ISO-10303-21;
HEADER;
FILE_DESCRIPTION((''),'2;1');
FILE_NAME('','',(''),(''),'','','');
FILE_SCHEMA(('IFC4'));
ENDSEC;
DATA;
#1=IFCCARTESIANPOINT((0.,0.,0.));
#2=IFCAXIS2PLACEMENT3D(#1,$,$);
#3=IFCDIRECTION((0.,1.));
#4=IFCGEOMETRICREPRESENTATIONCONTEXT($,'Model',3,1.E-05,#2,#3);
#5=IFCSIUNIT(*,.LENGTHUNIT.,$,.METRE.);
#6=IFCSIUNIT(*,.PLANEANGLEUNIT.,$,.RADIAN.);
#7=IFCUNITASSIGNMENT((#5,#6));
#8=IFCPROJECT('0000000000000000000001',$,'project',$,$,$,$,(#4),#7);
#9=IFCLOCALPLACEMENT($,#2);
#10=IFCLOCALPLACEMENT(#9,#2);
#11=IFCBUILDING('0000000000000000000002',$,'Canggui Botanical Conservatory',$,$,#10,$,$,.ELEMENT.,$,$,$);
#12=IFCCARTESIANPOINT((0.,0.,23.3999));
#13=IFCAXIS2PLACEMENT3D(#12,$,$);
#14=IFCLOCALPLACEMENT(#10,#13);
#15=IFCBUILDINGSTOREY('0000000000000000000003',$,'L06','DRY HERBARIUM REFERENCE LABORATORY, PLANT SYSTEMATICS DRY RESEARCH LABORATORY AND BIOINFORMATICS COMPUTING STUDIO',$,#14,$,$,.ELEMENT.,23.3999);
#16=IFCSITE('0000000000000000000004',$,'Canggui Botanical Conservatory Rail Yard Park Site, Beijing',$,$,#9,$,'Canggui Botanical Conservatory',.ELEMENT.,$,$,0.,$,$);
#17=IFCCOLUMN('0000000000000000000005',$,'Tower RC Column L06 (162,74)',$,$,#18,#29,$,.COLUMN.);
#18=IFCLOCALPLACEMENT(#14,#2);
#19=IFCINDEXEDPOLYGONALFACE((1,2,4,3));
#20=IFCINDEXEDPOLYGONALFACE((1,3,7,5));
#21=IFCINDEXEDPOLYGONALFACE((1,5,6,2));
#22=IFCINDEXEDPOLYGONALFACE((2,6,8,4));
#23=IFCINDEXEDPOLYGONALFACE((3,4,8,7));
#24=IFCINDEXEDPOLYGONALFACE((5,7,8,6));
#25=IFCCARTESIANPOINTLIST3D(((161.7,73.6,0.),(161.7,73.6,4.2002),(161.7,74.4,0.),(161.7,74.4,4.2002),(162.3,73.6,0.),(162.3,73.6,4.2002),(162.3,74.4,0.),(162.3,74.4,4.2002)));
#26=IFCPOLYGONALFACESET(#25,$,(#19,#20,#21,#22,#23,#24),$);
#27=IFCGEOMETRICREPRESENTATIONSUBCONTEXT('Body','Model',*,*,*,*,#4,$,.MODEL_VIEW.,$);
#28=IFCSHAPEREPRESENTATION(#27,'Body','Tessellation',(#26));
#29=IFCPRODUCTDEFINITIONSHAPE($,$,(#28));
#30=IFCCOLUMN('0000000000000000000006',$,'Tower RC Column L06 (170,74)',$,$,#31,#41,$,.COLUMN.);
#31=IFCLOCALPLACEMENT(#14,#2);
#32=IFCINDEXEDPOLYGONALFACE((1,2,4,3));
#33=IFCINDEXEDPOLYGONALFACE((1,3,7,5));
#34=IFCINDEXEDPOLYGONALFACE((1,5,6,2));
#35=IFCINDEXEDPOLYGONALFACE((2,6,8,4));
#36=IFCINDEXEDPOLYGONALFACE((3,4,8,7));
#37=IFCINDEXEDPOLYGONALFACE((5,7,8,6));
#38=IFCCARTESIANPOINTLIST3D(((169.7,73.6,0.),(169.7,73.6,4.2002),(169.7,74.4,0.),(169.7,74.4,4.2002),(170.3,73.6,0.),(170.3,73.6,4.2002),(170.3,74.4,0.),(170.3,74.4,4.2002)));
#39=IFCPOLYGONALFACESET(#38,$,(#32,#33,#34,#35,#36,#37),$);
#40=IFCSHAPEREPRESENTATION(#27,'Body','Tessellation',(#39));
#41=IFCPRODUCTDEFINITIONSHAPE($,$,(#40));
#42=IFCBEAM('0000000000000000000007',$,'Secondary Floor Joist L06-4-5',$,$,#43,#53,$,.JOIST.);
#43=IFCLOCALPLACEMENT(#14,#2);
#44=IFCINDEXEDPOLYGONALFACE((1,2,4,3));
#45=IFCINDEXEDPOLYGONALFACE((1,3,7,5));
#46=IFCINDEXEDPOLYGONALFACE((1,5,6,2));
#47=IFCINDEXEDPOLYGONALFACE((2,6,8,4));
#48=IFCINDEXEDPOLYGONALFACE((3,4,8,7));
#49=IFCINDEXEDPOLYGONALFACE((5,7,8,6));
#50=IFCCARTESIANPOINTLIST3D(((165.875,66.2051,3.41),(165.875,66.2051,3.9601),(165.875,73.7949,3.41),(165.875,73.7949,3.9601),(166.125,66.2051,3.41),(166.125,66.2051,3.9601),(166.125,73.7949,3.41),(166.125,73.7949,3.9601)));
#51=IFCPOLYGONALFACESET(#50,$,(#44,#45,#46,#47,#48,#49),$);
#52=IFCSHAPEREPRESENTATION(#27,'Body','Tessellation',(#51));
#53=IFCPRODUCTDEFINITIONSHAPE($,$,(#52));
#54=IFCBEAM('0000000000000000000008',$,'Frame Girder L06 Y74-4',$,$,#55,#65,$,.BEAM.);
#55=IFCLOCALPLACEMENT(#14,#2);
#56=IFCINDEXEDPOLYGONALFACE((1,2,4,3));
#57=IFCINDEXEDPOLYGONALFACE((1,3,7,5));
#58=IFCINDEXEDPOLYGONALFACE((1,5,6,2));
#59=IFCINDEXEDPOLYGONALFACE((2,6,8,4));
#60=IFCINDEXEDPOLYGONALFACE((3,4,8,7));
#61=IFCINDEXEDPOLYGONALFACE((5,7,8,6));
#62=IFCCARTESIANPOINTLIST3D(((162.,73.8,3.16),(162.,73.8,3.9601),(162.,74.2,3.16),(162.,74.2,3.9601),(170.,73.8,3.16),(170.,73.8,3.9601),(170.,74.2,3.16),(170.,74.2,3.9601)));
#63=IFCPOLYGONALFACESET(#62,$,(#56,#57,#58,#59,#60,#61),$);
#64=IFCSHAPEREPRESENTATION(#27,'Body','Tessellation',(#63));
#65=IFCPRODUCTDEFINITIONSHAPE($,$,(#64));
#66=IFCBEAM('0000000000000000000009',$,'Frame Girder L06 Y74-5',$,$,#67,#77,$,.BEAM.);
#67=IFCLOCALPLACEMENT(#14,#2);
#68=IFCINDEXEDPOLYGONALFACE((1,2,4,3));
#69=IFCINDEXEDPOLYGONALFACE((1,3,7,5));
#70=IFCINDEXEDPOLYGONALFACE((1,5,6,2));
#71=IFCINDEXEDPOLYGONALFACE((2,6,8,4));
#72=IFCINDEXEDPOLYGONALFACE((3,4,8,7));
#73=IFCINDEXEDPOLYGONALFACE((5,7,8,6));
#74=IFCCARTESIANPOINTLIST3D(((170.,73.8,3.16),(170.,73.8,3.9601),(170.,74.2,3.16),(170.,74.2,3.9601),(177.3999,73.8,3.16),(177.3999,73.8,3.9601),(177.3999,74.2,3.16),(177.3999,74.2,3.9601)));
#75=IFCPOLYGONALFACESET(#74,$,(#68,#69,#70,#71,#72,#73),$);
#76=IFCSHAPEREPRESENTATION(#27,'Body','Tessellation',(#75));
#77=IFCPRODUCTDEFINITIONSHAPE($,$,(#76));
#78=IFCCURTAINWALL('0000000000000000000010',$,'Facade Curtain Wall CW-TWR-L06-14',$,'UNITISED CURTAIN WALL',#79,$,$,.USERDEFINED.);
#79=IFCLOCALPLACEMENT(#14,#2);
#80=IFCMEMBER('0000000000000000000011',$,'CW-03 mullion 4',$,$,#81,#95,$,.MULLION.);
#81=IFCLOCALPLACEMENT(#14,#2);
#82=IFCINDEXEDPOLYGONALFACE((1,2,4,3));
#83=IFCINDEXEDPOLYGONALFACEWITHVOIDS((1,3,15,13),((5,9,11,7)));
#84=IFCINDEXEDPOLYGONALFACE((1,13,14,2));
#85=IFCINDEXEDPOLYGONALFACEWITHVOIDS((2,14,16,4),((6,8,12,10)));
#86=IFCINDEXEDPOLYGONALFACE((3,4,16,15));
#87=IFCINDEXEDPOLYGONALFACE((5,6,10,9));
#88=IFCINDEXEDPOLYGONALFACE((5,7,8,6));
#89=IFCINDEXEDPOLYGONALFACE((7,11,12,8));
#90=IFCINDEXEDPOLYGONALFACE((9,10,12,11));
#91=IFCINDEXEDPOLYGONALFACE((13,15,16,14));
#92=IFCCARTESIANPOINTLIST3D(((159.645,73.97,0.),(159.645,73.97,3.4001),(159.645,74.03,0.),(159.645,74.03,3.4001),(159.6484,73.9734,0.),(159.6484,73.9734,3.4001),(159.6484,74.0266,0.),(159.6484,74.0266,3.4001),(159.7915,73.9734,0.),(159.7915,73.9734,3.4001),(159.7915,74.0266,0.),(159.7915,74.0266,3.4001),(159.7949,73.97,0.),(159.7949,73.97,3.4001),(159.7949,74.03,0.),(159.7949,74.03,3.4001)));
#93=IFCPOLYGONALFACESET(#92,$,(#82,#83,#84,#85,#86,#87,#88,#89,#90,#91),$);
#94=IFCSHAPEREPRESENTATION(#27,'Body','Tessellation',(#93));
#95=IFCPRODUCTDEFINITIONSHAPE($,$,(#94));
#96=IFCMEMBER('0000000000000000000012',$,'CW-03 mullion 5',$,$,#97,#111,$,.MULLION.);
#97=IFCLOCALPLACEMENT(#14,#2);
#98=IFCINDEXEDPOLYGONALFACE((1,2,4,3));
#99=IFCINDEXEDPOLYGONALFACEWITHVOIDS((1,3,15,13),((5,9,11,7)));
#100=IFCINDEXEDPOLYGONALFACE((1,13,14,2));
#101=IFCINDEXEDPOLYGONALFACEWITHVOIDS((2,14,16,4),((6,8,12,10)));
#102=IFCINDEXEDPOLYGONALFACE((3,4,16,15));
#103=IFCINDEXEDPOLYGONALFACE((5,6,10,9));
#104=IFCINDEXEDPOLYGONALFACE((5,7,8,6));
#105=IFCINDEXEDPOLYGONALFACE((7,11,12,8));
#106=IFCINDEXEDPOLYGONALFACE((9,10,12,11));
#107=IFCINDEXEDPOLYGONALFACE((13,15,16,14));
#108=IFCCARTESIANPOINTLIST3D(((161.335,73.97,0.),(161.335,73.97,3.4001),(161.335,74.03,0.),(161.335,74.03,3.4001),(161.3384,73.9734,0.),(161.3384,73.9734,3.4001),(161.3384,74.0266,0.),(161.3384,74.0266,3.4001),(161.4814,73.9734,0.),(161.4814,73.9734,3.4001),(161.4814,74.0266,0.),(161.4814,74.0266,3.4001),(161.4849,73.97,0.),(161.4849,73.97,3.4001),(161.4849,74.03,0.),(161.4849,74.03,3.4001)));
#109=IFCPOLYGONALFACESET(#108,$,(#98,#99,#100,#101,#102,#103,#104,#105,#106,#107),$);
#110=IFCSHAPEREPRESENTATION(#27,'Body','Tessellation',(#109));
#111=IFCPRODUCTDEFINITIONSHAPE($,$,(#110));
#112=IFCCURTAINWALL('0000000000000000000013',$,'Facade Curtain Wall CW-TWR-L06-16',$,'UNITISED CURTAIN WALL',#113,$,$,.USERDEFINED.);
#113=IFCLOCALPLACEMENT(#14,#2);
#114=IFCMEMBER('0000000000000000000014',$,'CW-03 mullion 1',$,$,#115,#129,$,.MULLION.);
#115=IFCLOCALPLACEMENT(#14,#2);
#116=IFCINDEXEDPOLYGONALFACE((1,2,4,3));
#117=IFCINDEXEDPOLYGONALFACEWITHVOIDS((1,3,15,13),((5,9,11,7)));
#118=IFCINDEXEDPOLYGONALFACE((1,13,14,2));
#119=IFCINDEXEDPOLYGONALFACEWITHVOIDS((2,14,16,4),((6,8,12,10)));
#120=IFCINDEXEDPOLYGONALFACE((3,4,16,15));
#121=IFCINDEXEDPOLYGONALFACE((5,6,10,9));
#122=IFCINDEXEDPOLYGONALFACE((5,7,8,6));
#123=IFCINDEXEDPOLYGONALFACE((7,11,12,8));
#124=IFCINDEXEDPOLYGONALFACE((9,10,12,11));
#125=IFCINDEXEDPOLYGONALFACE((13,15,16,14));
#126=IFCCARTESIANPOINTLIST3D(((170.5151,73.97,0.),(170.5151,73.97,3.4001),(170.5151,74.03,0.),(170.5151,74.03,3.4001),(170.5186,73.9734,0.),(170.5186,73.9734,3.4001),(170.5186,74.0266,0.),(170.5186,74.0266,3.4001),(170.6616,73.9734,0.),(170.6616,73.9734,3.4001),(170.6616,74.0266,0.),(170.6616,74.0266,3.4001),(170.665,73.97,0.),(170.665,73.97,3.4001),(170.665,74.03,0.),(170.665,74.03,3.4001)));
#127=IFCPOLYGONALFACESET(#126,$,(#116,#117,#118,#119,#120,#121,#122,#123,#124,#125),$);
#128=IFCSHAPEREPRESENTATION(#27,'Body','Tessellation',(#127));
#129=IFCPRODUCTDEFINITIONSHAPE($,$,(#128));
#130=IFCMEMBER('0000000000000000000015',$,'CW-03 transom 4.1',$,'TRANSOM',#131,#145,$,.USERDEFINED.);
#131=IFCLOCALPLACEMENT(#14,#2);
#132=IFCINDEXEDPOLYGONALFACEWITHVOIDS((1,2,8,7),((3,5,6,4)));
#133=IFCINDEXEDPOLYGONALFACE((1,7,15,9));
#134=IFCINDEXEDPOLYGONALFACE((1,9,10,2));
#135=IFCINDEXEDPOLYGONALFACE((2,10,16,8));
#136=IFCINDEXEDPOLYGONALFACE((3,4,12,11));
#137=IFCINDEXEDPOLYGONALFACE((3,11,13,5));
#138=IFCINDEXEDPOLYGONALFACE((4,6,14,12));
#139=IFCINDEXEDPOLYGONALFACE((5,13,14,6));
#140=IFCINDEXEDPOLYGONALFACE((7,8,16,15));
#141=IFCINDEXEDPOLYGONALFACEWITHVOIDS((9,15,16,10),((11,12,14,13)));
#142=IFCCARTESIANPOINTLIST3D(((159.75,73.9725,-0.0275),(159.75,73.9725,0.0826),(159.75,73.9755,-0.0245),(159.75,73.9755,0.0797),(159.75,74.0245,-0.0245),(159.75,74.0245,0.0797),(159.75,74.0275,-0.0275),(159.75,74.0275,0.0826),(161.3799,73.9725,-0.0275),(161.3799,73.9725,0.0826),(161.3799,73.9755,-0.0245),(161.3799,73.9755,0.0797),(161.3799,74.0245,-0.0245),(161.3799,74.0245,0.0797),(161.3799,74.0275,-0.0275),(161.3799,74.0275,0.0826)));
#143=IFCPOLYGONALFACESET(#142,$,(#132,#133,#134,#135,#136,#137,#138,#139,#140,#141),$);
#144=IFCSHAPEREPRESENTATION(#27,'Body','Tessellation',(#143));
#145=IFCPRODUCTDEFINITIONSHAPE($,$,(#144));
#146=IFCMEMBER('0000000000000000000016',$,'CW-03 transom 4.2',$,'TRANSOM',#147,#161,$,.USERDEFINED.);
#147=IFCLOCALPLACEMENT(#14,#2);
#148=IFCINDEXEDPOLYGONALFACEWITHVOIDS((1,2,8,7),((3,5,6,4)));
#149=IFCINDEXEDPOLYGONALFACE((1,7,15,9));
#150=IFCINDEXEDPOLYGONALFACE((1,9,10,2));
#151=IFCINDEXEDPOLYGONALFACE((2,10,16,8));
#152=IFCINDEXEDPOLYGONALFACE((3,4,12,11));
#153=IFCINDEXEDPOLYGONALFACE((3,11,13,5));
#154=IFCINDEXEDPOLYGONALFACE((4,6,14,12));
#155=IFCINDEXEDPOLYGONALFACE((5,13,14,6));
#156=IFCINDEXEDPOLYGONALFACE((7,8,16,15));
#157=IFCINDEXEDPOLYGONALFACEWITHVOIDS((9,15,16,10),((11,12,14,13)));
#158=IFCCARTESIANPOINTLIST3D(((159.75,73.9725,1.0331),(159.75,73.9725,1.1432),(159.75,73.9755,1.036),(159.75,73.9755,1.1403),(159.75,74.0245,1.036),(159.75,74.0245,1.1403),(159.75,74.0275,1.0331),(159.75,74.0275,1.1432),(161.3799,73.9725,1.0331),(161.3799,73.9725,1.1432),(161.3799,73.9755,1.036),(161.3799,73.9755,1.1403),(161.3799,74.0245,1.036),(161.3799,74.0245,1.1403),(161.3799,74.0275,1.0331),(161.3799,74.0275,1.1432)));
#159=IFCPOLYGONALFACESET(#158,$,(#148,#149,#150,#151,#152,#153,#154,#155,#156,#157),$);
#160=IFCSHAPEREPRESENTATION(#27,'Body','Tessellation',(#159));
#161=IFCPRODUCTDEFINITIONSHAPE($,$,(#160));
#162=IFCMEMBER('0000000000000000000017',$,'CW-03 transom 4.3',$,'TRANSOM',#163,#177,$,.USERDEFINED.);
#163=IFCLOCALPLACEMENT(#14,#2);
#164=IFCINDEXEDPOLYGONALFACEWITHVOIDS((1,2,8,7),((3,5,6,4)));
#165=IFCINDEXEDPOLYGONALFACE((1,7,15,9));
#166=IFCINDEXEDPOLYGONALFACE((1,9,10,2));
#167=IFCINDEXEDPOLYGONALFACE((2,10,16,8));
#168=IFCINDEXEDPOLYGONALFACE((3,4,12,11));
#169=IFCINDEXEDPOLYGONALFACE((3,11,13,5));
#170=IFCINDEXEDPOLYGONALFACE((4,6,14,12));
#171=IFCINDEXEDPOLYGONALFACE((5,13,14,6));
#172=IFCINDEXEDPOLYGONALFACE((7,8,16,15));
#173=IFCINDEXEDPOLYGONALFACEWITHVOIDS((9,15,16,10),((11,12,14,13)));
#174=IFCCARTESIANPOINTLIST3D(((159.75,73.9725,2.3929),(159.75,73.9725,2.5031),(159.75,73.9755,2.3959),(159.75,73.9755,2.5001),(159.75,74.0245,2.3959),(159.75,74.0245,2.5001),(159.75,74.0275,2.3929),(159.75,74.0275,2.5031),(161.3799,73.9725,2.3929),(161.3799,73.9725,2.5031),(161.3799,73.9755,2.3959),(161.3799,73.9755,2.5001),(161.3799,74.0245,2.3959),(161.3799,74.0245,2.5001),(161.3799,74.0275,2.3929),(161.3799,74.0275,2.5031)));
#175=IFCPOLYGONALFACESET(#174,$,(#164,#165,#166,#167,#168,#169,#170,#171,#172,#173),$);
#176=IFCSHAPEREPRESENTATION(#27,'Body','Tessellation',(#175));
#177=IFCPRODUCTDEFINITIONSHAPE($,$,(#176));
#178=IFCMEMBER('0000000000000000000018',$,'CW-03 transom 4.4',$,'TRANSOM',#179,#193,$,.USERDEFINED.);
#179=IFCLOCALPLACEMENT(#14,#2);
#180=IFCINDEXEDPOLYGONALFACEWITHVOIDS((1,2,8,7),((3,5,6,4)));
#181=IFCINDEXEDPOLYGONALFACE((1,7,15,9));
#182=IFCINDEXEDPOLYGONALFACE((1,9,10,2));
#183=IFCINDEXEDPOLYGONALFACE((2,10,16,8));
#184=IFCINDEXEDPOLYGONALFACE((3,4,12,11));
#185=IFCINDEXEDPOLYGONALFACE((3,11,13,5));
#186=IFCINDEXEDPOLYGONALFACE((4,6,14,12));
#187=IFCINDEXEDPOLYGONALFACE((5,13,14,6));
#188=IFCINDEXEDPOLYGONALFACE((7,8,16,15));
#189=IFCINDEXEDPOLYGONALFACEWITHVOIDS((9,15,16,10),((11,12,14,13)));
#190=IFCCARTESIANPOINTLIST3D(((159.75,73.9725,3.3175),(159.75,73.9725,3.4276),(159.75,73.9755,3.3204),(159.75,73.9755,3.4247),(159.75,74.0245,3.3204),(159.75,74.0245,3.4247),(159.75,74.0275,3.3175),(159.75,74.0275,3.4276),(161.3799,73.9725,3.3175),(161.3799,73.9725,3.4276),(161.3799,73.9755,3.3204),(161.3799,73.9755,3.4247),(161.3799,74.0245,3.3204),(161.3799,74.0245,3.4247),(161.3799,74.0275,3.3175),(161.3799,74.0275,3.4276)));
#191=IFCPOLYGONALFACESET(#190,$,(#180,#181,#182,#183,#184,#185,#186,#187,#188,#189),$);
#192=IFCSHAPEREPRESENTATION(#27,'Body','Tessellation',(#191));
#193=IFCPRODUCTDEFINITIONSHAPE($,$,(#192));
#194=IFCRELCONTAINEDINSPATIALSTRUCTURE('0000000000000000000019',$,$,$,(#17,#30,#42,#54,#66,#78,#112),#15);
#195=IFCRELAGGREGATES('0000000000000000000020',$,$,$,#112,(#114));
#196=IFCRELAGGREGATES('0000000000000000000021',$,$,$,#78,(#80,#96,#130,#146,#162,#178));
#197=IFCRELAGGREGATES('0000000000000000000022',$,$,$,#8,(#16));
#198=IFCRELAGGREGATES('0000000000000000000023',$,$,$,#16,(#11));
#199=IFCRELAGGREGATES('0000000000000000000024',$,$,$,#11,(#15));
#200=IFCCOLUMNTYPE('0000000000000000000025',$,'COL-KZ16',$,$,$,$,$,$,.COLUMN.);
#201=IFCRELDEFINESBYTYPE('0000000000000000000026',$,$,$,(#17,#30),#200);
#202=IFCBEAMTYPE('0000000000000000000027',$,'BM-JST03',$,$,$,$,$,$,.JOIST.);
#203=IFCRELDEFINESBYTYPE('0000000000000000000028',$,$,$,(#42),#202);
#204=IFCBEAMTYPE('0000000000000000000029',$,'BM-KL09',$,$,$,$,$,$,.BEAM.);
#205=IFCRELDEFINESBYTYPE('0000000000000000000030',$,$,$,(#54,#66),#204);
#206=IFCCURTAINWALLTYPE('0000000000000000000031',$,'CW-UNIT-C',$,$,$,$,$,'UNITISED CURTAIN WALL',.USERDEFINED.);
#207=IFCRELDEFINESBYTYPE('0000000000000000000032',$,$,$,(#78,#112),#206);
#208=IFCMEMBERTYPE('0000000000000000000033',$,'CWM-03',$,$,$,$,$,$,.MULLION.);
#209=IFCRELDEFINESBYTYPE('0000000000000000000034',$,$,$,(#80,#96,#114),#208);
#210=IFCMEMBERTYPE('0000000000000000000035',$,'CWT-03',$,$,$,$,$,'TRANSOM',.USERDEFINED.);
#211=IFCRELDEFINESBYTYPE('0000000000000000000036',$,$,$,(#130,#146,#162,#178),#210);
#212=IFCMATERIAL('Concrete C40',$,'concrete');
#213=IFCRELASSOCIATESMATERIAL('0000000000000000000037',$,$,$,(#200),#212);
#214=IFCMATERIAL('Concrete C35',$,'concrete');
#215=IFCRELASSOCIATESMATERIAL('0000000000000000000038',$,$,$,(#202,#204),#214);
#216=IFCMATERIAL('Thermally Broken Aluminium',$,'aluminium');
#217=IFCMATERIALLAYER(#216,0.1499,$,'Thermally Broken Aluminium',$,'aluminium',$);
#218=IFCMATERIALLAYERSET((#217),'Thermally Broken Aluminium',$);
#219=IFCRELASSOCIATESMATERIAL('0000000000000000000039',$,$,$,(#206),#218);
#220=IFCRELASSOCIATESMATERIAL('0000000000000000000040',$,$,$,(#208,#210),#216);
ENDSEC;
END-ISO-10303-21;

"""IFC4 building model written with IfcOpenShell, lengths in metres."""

from ifc_helpers import new_model, si_unit, direction, frame, origin, origin_2d, place, context, subcontext, project, spatial, rectangle, hollow_rectangle, extrude, material, layer, layer_set, material_profile, profile_set, type_object, element, aggregate, save


model = new_model("IFC4")

# Units and contexts
model_context = context("Model", 3, precision=1e-05, world=origin(), true_north=direction((0.0, 1.0)))
body_context = subcontext(model_context, "Body", "Model", "MODEL_VIEW")
ifc_project = project(units=[si_unit("LENGTHUNIT", "METRE"), si_unit("PLANEANGLEUNIT", "RADIAN")], contexts=[model_context])

# Site, building, storey
site_placement = place(None, origin())
site = spatial("IfcSite", under=ifc_project, at=site_placement, Name="Canggui Botanical Conservatory Rail Yard Park Site, Beijing", LongName="Canggui Botanical Conservatory", CompositionType="ELEMENT", RefElevation=0.0)
building_placement = place(site_placement, origin())
building = spatial("IfcBuilding", under=site, at=building_placement, Name="Canggui Botanical Conservatory", CompositionType="ELEMENT")
storey_placement = place(building_placement, frame((0.0, 0.0, 23.3999)))
storey = spatial("IfcBuildingStorey", under=building, at=storey_placement, Name="L06", Description="DRY HERBARIUM REFERENCE LABORATORY, PLANT SYSTEMATICS DRY RESEARCH LABORATORY AND BIOINFORMATICS COMPUTING STUDIO", CompositionType="ELEMENT", Elevation=23.3999)

# Columns
ifc_material_1 = material(Name="Concrete C40", Category="concrete")
ifc_material_profile_1 = material_profile(ifc_material_1, rectangle(XDim=0.6001, YDim=0.8, at=origin_2d()), Name="RC 600x800")
ifc_profile_set_1 = profile_set([ifc_material_profile_1], Name="Concrete C40")
column_type = type_object("IfcColumnType", Name="COL-KZ16", PredefinedType="COLUMN", material=ifc_profile_set_1)
for number, where, z_axis, x_axis, name in (
    (1, (162.0, 74.0, 0.0), (0.0, 0.0, 1.0), (1.0, 0.0, 0.0), "Tower RC Column L06 (162,74)"),
    (2, (170.0, 74.0, 0.0), (0.0, 0.0, 1.0), (1.0, 0.0, 0.0), "Tower RC Column L06 (170,74)"),
):
    element("IfcColumn", number, at=place(storey_placement, frame(where, z_axis=z_axis, x_axis=x_axis)), inside=storey, type_object=column_type, Name=name, PredefinedType="COLUMN", context=body_context, shape_type="SweptSolid", body=[
        extrude(rectangle(XDim=0.6001, YDim=0.8, at=origin_2d()), origin(), (0.0, 0.0, 1.0), 4.2002),
    ])

# Beams
ifc_material_2 = material(Name="Concrete C35", Category="concrete")
ifc_material_profile_2 = material_profile(ifc_material_2, rectangle(XDim=0.25, YDim=0.55, at=origin_2d()), Name="RB 250x550")
ifc_profile_set_2 = profile_set([ifc_material_profile_2], Name="Concrete C35")
beam_type_1 = type_object("IfcBeamType", Name="BM-JST03", PredefinedType="JOIST", material=ifc_profile_set_2)
beam_1_placement = place(storey_placement, frame((166.0, 66.2051, 3.6851), z_axis=(0.0, 1.0, 0.0), x_axis=(-1.0, 0.0, 0.0)))
element("IfcBeam", 3, at=beam_1_placement, inside=storey, type_object=beam_type_1, Name="Secondary Floor Joist L06-4-5", PredefinedType="JOIST", context=body_context, shape_type="SweptSolid", body=[
    extrude(rectangle(XDim=0.25, YDim=0.55, at=origin_2d()), origin(), (0.0, 0.0, 1.0), 7.5898),
])
ifc_material_profile_3 = material_profile(ifc_material_2, rectangle(XDim=0.3999, YDim=0.8, at=origin_2d()), Name="RB 400x800")
ifc_profile_set_3 = profile_set([ifc_material_profile_3], Name="Concrete C35")
beam_type_2 = type_object("IfcBeamType", Name="BM-KL09", PredefinedType="BEAM", material=ifc_profile_set_3)
beam_2_placement = place(storey_placement, frame((162.0, 74.0, 3.5601), z_axis=(1.0, 0.0, 0.0), x_axis=(0.0, 1.0, 0.0)))
element("IfcBeam", 4, at=beam_2_placement, inside=storey, type_object=beam_type_2, Name="Frame Girder L06 Y74-4", PredefinedType="BEAM", context=body_context, shape_type="SweptSolid", body=[
    extrude(rectangle(XDim=0.3999, YDim=0.8, at=origin_2d()), origin(), (0.0, 0.0, 1.0), 8.0),
])
beam_3_placement = place(storey_placement, frame((170.0, 74.0, 3.5601), z_axis=(1.0, 0.0, 0.0), x_axis=(0.0, 1.0, 0.0)))
element("IfcBeam", 5, at=beam_3_placement, inside=storey, type_object=beam_type_2, Name="Frame Girder L06 Y74-5", PredefinedType="BEAM", context=body_context, shape_type="SweptSolid", body=[
    extrude(rectangle(XDim=0.3999, YDim=0.8, at=origin_2d()), origin(), (0.0, 0.0, 1.0), 7.3999),
])

# Curtain wall, members
ifc_material_3 = material(Name="Thermally Broken Aluminium", Category="aluminium")
ifc_layer_1 = layer(ifc_material_3, 0.1499, Name="Thermally Broken Aluminium", Category="aluminium")
ifc_layer_set_1 = layer_set([ifc_layer_1], Name="Thermally Broken Aluminium")
curtain_wall_type = type_object("IfcCurtainWallType", Name="CW-UNIT-C", ElementType="UNITISED CURTAIN WALL", PredefinedType="USERDEFINED", material=ifc_layer_set_1)
curtain_wall_1_placement = place(storey_placement, origin())
curtain_wall_1 = element("IfcCurtainWall", 6, at=curtain_wall_1_placement, inside=storey, type_object=curtain_wall_type, Name="Facade Curtain Wall CW-TWR-L06-14", ObjectType="UNITISED CURTAIN WALL", PredefinedType="USERDEFINED")
ifc_material_profile_4 = material_profile(ifc_material_3, hollow_rectangle(XDim=0.0601, YDim=0.1499, WallThickness=0.0034, at=origin_2d()), Name="CWM 60x150x3.5")
ifc_profile_set_4 = profile_set([ifc_material_profile_4], Name="Thermally Broken Aluminium")
member_type_1 = type_object("IfcMemberType", Name="CWM-03", PredefinedType="MULLION", material=ifc_profile_set_4)
member_1_placement = place(storey_placement, frame((159.72, 74.0, 0.0), z_axis=(0.0, 0.0, 1.0), x_axis=(0.0, 1.0, 0.0)))
member_1 = element("IfcMember", 7, at=member_1_placement, type_object=member_type_1, Name="CW-03 mullion 4", PredefinedType="MULLION", context=body_context, shape_type="SweptSolid", body=[
    extrude(hollow_rectangle(XDim=0.0601, YDim=0.1499, WallThickness=0.0034, at=origin_2d()), origin(), (0.0, 0.0, 1.0), 3.4001),
])
member_2_placement = place(storey_placement, frame((161.4099, 74.0, 0.0), z_axis=(0.0, 0.0, 1.0), x_axis=(0.0, 1.0, 0.0)))
member_2 = element("IfcMember", 8, at=member_2_placement, type_object=member_type_1, Name="CW-03 mullion 5", PredefinedType="MULLION", context=body_context, shape_type="SweptSolid", body=[
    extrude(hollow_rectangle(XDim=0.0601, YDim=0.1499, WallThickness=0.0034, at=origin_2d()), origin(), (0.0, 0.0, 1.0), 3.4001),
])

# Curtain wall, member
curtain_wall_2_placement = place(storey_placement, origin())
curtain_wall_2 = element("IfcCurtainWall", 9, at=curtain_wall_2_placement, inside=storey, type_object=curtain_wall_type, Name="Facade Curtain Wall CW-TWR-L06-16", ObjectType="UNITISED CURTAIN WALL", PredefinedType="USERDEFINED")
member_3_placement = place(storey_placement, frame((170.5901, 74.0, 0.0), z_axis=(0.0, 0.0, 1.0), x_axis=(0.0, 1.0, 0.0)))
member_3 = element("IfcMember", 10, at=member_3_placement, type_object=member_type_1, Name="CW-03 mullion 1", PredefinedType="MULLION", context=body_context, shape_type="SweptSolid", body=[
    extrude(hollow_rectangle(XDim=0.0601, YDim=0.1499, WallThickness=0.0034, at=origin_2d()), origin(), (0.0, 0.0, 1.0), 3.4001),
])

# Members
ifc_material_profile_5 = material_profile(ifc_material_3, hollow_rectangle(XDim=0.0549, YDim=0.1101, WallThickness=0.0029, at=origin_2d()), Name="CWT 55x110x3")
ifc_profile_set_5 = profile_set([ifc_material_profile_5], Name="Thermally Broken Aluminium")
member_type_2 = type_object("IfcMemberType", Name="CWT-03", ElementType="TRANSOM", PredefinedType="USERDEFINED", material=ifc_profile_set_5)
member_4_placement = place(storey_placement, frame((159.75, 74.0, 0.0276), z_axis=(1.0, 0.0, 0.0), x_axis=(0.0, 1.0, 0.0)))
member_4 = element("IfcMember", 11, at=member_4_placement, type_object=member_type_2, Name="CW-03 transom 4.1", ObjectType="TRANSOM", PredefinedType="USERDEFINED", context=body_context, shape_type="SweptSolid", body=[
    extrude(hollow_rectangle(XDim=0.0549, YDim=0.1101, WallThickness=0.0029, at=origin_2d()), origin(), (0.0, 0.0, 1.0), 1.6299),
])
member_5_placement = place(storey_placement, frame((159.75, 74.0, 1.0881), z_axis=(1.0, 0.0, 0.0), x_axis=(0.0, 1.0, 0.0)))
member_5 = element("IfcMember", 12, at=member_5_placement, type_object=member_type_2, Name="CW-03 transom 4.2", ObjectType="TRANSOM", PredefinedType="USERDEFINED", context=body_context, shape_type="SweptSolid", body=[
    extrude(hollow_rectangle(XDim=0.0549, YDim=0.1101, WallThickness=0.0029, at=origin_2d()), origin(), (0.0, 0.0, 1.0), 1.6299),
])
member_6_placement = place(storey_placement, frame((159.75, 74.0, 2.448), z_axis=(1.0, 0.0, 0.0), x_axis=(0.0, 1.0, 0.0)))
member_6 = element("IfcMember", 13, at=member_6_placement, type_object=member_type_2, Name="CW-03 transom 4.3", ObjectType="TRANSOM", PredefinedType="USERDEFINED", context=body_context, shape_type="SweptSolid", body=[
    extrude(hollow_rectangle(XDim=0.0549, YDim=0.1101, WallThickness=0.0029, at=origin_2d()), origin(), (0.0, 0.0, 1.0), 1.6299),
])
member_7_placement = place(storey_placement, frame((159.75, 74.0, 3.3726), z_axis=(1.0, 0.0, 0.0), x_axis=(0.0, 1.0, 0.0)))
member_7 = element("IfcMember", 14, at=member_7_placement, type_object=member_type_2, Name="CW-03 transom 4.4", ObjectType="TRANSOM", PredefinedType="USERDEFINED", context=body_context, shape_type="SweptSolid", body=[
    extrude(hollow_rectangle(XDim=0.0549, YDim=0.1101, WallThickness=0.0029, at=origin_2d()), origin(), (0.0, 0.0, 1.0), 1.6299),
])
aggregate(curtain_wall_2, [member_3])

aggregate(curtain_wall_1, [member_1, member_2, member_4, member_5, member_6, member_7])

save(model, "model.ifc")
